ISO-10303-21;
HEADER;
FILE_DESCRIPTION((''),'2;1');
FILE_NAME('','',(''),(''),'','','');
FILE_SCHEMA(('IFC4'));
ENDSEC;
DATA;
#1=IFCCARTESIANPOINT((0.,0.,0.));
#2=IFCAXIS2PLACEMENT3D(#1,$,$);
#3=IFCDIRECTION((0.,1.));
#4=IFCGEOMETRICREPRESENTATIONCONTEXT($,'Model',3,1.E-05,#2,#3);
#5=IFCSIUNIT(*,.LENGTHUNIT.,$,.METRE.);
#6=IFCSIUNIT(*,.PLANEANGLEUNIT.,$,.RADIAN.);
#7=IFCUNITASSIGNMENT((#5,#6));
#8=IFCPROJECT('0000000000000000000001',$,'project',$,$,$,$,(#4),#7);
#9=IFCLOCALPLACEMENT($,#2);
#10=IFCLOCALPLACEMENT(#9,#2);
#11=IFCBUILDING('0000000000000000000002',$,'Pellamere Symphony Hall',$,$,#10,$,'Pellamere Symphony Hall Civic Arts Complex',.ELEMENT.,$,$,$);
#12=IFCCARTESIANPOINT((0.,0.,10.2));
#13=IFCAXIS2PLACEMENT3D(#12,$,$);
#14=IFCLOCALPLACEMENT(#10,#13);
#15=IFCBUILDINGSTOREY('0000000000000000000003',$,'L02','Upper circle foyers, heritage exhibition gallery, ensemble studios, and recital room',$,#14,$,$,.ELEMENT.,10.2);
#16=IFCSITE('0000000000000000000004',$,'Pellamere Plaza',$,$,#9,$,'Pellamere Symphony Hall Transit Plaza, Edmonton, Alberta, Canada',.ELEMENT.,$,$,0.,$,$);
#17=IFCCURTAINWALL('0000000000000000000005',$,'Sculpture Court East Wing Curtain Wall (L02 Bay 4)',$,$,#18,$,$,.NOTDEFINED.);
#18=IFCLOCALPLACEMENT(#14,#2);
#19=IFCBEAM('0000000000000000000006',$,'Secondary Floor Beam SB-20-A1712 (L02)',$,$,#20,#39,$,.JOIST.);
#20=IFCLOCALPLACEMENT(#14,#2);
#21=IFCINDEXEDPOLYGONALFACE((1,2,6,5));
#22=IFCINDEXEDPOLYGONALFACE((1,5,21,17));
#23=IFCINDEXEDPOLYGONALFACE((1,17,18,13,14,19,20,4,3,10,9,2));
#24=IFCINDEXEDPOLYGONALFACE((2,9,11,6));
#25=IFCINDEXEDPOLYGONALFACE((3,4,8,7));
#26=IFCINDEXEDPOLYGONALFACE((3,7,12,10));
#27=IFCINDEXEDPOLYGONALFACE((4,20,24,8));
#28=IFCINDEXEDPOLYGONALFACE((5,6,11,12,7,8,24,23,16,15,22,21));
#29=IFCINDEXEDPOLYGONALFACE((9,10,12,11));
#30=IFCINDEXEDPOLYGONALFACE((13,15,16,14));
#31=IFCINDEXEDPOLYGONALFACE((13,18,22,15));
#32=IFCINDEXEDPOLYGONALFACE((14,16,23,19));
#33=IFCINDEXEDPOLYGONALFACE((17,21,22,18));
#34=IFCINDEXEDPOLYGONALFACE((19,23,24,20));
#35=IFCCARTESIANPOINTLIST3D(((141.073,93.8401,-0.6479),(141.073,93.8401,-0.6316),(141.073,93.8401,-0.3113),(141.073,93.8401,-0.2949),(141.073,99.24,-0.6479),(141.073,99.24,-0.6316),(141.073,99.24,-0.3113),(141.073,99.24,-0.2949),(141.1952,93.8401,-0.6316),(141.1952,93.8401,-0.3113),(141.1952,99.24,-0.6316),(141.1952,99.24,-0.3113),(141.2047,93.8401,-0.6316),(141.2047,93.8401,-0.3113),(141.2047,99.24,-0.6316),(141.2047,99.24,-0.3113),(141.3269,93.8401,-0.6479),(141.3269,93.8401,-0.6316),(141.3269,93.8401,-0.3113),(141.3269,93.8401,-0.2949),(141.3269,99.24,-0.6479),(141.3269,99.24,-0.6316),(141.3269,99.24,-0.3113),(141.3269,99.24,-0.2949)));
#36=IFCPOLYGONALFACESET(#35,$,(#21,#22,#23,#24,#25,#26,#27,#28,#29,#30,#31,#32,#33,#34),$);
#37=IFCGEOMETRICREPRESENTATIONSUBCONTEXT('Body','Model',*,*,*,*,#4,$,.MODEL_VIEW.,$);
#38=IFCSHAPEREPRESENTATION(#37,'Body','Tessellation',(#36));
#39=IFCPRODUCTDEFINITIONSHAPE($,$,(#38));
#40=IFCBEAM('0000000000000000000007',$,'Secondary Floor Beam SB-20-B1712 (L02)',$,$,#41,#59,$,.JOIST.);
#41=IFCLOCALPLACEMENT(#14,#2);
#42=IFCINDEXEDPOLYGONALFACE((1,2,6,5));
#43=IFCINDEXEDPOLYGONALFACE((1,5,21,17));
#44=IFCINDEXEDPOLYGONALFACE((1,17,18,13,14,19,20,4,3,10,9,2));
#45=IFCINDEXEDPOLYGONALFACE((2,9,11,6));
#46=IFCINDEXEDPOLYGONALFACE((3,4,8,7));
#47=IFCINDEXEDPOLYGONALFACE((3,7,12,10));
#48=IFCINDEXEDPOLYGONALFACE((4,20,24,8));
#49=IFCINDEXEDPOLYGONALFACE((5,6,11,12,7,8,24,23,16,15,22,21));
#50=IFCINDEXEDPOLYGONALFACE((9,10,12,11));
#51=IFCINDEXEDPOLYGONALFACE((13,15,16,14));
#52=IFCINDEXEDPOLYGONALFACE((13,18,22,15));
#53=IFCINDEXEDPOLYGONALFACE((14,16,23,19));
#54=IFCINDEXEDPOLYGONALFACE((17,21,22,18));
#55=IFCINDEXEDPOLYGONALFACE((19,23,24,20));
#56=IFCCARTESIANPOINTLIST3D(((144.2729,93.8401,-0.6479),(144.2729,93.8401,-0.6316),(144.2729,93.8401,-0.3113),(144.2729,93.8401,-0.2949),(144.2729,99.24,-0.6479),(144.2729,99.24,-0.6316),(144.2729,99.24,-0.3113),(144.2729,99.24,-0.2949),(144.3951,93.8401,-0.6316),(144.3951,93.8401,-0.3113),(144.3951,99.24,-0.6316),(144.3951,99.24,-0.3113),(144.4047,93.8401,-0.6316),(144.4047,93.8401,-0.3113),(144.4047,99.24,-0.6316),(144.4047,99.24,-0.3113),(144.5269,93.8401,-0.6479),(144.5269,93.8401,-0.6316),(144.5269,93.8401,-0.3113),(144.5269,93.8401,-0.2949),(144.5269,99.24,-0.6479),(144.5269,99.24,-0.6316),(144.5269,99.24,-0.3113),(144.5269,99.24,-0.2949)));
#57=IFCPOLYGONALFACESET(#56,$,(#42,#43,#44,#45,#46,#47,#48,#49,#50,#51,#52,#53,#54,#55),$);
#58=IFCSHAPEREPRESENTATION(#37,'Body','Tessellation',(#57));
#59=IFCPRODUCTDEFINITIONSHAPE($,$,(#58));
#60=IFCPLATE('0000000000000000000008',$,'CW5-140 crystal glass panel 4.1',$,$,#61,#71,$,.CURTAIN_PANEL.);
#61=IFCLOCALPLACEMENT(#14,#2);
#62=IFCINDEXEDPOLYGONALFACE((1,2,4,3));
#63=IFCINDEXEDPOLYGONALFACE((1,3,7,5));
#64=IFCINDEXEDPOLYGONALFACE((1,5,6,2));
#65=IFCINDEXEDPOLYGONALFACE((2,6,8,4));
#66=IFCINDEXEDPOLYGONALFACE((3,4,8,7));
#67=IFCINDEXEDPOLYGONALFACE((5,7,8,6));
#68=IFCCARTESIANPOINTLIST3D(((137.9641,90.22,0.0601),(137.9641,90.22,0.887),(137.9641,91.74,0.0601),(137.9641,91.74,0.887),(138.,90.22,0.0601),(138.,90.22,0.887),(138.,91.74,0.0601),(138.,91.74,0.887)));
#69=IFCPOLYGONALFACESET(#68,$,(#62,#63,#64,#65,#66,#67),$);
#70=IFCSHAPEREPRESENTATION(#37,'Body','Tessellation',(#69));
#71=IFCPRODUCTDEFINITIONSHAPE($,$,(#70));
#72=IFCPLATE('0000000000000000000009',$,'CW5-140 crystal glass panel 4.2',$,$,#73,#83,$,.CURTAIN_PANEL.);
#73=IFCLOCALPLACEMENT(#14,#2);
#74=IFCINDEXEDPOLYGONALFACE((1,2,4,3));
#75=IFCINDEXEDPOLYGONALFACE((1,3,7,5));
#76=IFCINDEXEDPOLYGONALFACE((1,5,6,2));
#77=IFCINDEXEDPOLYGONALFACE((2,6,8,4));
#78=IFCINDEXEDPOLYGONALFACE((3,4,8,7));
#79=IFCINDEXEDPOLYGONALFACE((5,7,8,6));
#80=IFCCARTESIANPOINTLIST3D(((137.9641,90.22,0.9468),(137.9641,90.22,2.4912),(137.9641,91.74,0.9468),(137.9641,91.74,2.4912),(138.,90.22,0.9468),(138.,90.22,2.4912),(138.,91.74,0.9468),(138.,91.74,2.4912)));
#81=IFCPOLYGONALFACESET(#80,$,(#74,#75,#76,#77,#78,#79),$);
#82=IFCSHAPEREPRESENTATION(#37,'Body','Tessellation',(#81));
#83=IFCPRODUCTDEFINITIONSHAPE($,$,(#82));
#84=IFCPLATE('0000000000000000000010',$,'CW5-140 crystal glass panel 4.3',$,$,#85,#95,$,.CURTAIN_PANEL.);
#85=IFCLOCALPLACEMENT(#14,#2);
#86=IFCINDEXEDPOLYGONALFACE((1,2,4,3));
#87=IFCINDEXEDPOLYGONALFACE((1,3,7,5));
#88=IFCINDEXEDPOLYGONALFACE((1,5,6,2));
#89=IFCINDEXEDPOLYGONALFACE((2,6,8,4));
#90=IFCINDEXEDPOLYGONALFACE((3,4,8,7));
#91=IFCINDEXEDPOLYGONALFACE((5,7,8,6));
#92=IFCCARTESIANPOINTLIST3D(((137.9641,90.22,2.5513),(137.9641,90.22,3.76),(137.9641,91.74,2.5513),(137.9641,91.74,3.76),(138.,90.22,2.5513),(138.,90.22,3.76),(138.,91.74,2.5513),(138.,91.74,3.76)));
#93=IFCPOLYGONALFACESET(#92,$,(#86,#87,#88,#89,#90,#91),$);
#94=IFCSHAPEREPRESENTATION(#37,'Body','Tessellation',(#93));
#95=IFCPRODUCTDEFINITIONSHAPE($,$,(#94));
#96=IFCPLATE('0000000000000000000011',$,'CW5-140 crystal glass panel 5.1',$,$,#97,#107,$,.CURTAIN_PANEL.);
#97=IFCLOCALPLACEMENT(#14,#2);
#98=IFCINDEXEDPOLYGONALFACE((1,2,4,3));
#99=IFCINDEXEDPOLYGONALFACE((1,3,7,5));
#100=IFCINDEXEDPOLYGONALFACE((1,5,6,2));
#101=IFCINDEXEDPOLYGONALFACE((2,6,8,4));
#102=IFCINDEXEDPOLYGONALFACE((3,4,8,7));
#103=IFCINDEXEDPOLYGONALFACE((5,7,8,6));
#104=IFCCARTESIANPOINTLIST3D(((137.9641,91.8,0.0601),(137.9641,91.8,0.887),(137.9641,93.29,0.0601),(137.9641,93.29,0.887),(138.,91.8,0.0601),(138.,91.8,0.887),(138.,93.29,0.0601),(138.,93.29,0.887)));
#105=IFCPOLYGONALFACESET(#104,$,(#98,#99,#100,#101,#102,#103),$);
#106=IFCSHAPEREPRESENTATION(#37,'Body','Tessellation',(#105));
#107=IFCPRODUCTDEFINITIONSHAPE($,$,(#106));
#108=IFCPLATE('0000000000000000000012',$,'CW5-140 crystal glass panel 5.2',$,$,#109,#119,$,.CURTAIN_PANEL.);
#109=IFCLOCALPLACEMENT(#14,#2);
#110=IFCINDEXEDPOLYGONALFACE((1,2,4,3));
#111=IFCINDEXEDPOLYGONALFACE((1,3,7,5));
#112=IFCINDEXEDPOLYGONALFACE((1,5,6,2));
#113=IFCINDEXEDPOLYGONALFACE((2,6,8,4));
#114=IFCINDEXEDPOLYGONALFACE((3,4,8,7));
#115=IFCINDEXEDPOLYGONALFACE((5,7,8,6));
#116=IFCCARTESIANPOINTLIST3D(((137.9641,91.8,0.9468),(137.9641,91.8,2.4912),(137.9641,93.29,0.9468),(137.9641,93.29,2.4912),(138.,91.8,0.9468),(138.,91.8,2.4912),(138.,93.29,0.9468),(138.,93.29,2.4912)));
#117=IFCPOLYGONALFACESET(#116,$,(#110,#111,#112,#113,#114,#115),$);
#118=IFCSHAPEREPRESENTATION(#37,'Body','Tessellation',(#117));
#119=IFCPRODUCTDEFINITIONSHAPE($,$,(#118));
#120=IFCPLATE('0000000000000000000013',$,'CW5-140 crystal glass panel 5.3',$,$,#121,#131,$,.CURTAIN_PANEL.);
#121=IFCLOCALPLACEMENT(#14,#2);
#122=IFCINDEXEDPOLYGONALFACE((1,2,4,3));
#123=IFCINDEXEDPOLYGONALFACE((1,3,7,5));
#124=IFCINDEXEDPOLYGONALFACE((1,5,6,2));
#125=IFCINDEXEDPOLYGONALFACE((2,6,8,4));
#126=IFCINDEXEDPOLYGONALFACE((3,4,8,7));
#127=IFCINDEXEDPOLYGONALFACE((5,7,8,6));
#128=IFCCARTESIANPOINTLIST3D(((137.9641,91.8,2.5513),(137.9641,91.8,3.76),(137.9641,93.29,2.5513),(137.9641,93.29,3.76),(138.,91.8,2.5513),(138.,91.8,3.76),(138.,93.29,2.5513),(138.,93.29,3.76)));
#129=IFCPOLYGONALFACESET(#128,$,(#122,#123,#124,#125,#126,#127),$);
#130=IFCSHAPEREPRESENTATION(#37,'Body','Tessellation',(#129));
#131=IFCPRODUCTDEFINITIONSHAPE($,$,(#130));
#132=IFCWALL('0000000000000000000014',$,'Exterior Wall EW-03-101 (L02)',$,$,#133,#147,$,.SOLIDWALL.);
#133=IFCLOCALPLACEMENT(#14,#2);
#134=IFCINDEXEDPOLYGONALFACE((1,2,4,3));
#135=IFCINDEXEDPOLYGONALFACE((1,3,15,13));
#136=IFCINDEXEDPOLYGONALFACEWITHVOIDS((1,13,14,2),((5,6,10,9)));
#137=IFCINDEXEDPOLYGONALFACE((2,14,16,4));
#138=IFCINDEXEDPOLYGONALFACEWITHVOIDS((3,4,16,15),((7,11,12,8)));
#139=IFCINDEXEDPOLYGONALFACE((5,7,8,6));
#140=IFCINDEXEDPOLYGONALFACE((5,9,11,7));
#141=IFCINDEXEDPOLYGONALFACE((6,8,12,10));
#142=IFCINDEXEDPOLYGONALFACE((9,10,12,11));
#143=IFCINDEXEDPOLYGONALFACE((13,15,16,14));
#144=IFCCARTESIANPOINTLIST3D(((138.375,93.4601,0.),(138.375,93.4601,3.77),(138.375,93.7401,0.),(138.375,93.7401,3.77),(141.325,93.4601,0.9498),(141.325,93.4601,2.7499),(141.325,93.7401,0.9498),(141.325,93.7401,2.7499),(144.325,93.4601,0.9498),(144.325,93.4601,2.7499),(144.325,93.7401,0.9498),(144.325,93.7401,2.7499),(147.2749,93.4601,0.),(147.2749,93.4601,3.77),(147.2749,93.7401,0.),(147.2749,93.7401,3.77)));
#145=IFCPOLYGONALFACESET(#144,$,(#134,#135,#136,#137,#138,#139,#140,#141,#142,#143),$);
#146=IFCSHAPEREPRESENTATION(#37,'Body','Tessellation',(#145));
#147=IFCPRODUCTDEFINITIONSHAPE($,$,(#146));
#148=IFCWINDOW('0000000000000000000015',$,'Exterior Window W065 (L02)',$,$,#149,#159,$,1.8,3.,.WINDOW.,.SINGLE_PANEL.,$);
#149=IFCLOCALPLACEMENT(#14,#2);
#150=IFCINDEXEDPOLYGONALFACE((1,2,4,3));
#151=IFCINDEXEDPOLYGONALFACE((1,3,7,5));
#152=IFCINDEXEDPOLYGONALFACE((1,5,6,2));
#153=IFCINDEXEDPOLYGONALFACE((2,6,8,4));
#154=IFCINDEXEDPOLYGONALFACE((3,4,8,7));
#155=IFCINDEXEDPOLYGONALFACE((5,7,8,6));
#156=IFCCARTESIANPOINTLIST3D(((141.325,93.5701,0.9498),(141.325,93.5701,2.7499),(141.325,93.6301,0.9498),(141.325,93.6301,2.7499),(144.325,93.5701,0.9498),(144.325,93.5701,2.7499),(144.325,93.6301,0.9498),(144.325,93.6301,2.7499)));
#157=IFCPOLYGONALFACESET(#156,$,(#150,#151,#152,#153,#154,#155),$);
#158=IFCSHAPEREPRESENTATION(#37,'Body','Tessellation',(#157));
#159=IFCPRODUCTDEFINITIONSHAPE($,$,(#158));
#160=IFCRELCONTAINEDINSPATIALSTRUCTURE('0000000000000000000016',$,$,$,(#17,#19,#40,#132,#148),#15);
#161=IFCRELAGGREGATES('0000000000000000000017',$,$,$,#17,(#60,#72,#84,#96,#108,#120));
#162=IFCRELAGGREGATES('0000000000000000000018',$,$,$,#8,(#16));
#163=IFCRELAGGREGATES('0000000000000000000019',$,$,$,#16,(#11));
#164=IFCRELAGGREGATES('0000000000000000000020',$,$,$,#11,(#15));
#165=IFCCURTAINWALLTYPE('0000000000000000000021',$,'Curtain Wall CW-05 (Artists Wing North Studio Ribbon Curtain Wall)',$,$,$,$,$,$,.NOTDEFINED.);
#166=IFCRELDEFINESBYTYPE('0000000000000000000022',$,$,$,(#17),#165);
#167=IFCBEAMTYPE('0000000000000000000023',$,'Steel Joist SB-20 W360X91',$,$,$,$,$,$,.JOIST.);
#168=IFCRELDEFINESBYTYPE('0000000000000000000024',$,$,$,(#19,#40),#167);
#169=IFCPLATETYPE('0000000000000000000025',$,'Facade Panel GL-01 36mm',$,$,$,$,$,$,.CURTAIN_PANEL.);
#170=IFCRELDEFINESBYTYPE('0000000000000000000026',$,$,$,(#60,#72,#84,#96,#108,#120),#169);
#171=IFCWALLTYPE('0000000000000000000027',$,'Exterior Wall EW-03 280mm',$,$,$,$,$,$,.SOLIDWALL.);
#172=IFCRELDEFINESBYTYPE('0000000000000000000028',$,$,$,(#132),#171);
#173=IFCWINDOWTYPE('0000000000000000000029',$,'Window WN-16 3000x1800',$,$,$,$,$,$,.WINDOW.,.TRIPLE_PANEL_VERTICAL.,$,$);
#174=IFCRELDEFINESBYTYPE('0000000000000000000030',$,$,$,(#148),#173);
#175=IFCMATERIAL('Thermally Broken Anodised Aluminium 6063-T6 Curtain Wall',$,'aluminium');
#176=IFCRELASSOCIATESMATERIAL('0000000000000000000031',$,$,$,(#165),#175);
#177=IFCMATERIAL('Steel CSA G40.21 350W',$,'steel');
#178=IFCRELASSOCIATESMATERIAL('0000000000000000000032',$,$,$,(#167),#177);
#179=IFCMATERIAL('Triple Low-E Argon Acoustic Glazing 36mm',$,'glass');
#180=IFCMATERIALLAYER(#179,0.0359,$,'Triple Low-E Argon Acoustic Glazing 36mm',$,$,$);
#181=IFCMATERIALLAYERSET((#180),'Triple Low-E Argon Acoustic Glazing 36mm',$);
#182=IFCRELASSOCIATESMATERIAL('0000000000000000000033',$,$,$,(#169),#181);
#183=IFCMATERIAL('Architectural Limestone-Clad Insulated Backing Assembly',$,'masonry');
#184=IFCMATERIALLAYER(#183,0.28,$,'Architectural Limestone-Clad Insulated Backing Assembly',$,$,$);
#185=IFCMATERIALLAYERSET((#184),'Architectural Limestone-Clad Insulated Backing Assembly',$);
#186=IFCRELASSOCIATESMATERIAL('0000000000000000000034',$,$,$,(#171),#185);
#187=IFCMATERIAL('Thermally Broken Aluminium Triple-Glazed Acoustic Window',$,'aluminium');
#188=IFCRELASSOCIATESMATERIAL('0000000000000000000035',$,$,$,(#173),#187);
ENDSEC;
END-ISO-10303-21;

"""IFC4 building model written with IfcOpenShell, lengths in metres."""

from ifc_helpers import new_model, si_unit, direction, frame, frame_2d, origin, origin_2d, place, context, subcontext, project, spatial, polyline, rectangle, i_section, outline, extrude, material, layer, layer_set, material_profile, profile_set, type_object, element, fill, aggregate, save


model = new_model("IFC4")

# Units and contexts
model_context = context("Model", 3, precision=1e-05, world=origin(), true_north=direction((0.0, 1.0)))
body_context = subcontext(model_context, "Body", "Model", "MODEL_VIEW")
ifc_project = project(units=[si_unit("LENGTHUNIT", "METRE"), si_unit("PLANEANGLEUNIT", "RADIAN")], contexts=[model_context])

# Site, building, storey
site_placement = place(None, origin())
site = spatial("IfcSite", under=ifc_project, at=site_placement, Name="Pellamere Plaza", LongName="Pellamere Symphony Hall Transit Plaza, Edmonton, Alberta, Canada", CompositionType="ELEMENT", RefElevation=0.0)
building_placement = place(site_placement, origin())
building = spatial("IfcBuilding", under=site, at=building_placement, Name="Pellamere Symphony Hall", LongName="Pellamere Symphony Hall Civic Arts Complex", CompositionType="ELEMENT")
storey_placement = place(building_placement, frame((0.0, 0.0, 10.2)))
storey = spatial("IfcBuildingStorey", under=building, at=storey_placement, Name="L02", Description="Upper circle foyers, heritage exhibition gallery, ensemble studios, and recital room", CompositionType="ELEMENT", Elevation=10.2)

# Curtain wall
ifc_material_1 = material(Name="Thermally Broken Anodised Aluminium 6063-T6 Curtain Wall", Category="aluminium")
curtain_wall_type = type_object("IfcCurtainWallType", Name="Curtain Wall CW-05 (Artists Wing North Studio Ribbon Curtain Wall)", PredefinedType="NOTDEFINED", material=ifc_material_1)
curtain_wall_placement = place(storey_placement, origin())
curtain_wall = element("IfcCurtainWall", 1, at=curtain_wall_placement, inside=storey, type_object=curtain_wall_type, Name="Sculpture Court East Wing Curtain Wall (L02 Bay 4)", PredefinedType="NOTDEFINED")

# Beams
ifc_material_2 = material(Name="Steel CSA G40.21 350W", Category="steel")
ifc_material_profile_1 = material_profile(ifc_material_2, i_section(OverallWidth=0.2539, OverallDepth=0.353, WebThickness=0.0095, FlangeThickness=0.0164, at=origin_2d()), Name="W360X91")
ifc_profile_set_1 = profile_set([ifc_material_profile_1], Name="Steel CSA G40.21 350W")
beam_type_1 = type_object("IfcBeamType", Name="Steel Joist SB-20 W360X91", PredefinedType="JOIST", material=ifc_profile_set_1)
for number, where, z_axis, x_axis, name in (
    (2, (141.2, 93.8401, -0.4714), (0.0, 1.0, 0.0), (-1.0, 0.0, 0.0), "Secondary Floor Beam SB-20-A1712 (L02)"),
    (3, (144.3999, 93.8401, -0.4714), (0.0, 1.0, 0.0), (-1.0, 0.0, 0.0), "Secondary Floor Beam SB-20-B1712 (L02)"),
):
    element("IfcBeam", number, at=place(storey_placement, frame(where, z_axis=z_axis, x_axis=x_axis)), inside=storey, type_object=beam_type_1, Name=name, PredefinedType="JOIST", context=body_context, shape_type="SweptSolid", body=[
        extrude(i_section(OverallWidth=0.2539, OverallDepth=0.353, WebThickness=0.0095, FlangeThickness=0.0164, at=origin_2d()), origin(), (0.0, 0.0, 1.0), 5.3999),
    ])

# Plates
ifc_material_3 = material(Name="Triple Low-E Argon Acoustic Glazing 36mm", Category="glass")
ifc_layer_1 = layer(ifc_material_3, 0.0359, Name="Triple Low-E Argon Acoustic Glazing 36mm")
ifc_layer_set_1 = layer_set([ifc_layer_1], Name="Triple Low-E Argon Acoustic Glazing 36mm")
plate_type = type_object("IfcPlateType", Name="Facade Panel GL-01 36mm", PredefinedType="CURTAIN_PANEL", material=ifc_layer_set_1)
plate_1_placement = place(storey_placement, frame((138.0, 90.22, 0.0601), z_axis=(1.0, 0.0, 0.0), x_axis=(0.0, 1.0, 0.0)))
plate_1 = element("IfcPlate", 4, at=plate_1_placement, type_object=plate_type, Name="CW5-140 crystal glass panel 4.1", PredefinedType="CURTAIN_PANEL", context=body_context, shape_type="SweptSolid", body=[
    extrude(outline(polyline([(0.0, 0.0), (1.52, 0.0), (1.52, 0.8269), (0.0, 0.8269), (0.0, 0.0)])), origin(), (0.0, 0.0, -1.0), 0.0359),
])
plate_2_placement = place(storey_placement, frame((138.0, 90.22, 0.9468), z_axis=(1.0, 0.0, 0.0), x_axis=(0.0, 1.0, 0.0)))
plate_2 = element("IfcPlate", 5, at=plate_2_placement, type_object=plate_type, Name="CW5-140 crystal glass panel 4.2", PredefinedType="CURTAIN_PANEL", context=body_context, shape_type="SweptSolid", body=[
    extrude(outline(polyline([(0.0, 0.0), (1.52, 0.0), (1.52, 1.5444), (0.0, 1.5444), (0.0, 0.0)])), origin(), (0.0, 0.0, -1.0), 0.0359),
])
plate_3_placement = place(storey_placement, frame((138.0, 90.22, 2.5513), z_axis=(1.0, 0.0, 0.0), x_axis=(0.0, 1.0, 0.0)))
plate_3 = element("IfcPlate", 6, at=plate_3_placement, type_object=plate_type, Name="CW5-140 crystal glass panel 4.3", PredefinedType="CURTAIN_PANEL", context=body_context, shape_type="SweptSolid", body=[
    extrude(outline(polyline([(0.0, 0.0), (1.52, 0.0), (1.52, 1.2087), (0.0, 1.2087), (0.0, 0.0)])), origin(), (0.0, 0.0, -1.0), 0.0359),
])
plate_4_placement = place(storey_placement, frame((138.0, 91.8, 0.0601), z_axis=(1.0, 0.0, 0.0), x_axis=(0.0, 1.0, 0.0)))
plate_4 = element("IfcPlate", 7, at=plate_4_placement, type_object=plate_type, Name="CW5-140 crystal glass panel 5.1", PredefinedType="CURTAIN_PANEL", context=body_context, shape_type="SweptSolid", body=[
    extrude(outline(polyline([(0.0, 0.0), (1.49, 0.0), (1.49, 0.8269), (0.0, 0.8269), (0.0, 0.0)])), origin(), (0.0, 0.0, -1.0), 0.0359),
])
plate_5_placement = place(storey_placement, frame((138.0, 91.8, 0.9468), z_axis=(1.0, 0.0, 0.0), x_axis=(0.0, 1.0, 0.0)))
plate_5 = element("IfcPlate", 8, at=plate_5_placement, type_object=plate_type, Name="CW5-140 crystal glass panel 5.2", PredefinedType="CURTAIN_PANEL", context=body_context, shape_type="SweptSolid", body=[
    extrude(outline(polyline([(0.0, 0.0), (1.49, 0.0), (1.49, 1.5444), (0.0, 1.5444), (0.0, 0.0)])), origin(), (0.0, 0.0, -1.0), 0.0359),
])
plate_6_placement = place(storey_placement, frame((138.0, 91.8, 2.5513), z_axis=(1.0, 0.0, 0.0), x_axis=(0.0, 1.0, 0.0)))
plate_6 = element("IfcPlate", 9, at=plate_6_placement, type_object=plate_type, Name="CW5-140 crystal glass panel 5.3", PredefinedType="CURTAIN_PANEL", context=body_context, shape_type="SweptSolid", body=[
    extrude(outline(polyline([(0.0, 0.0), (1.49, 0.0), (1.49, 1.2087), (0.0, 1.2087), (0.0, 0.0)])), origin(), (0.0, 0.0, -1.0), 0.0359),
])
aggregate(curtain_wall, [plate_1, plate_2, plate_3, plate_4, plate_5, plate_6])

# Wall, opening, window
ifc_material_4 = material(Name="Architectural Limestone-Clad Insulated Backing Assembly", Category="masonry")
ifc_layer_2 = layer(ifc_material_4, 0.28, Name="Architectural Limestone-Clad Insulated Backing Assembly")
ifc_layer_set_2 = layer_set([ifc_layer_2], Name="Architectural Limestone-Clad Insulated Backing Assembly")
wall_type = type_object("IfcWallType", Name="Exterior Wall EW-03 280mm", PredefinedType="SOLIDWALL", material=ifc_layer_set_2)
wall_placement = place(storey_placement, frame((138.375, 93.6001, 0.0), z_axis=(0.0, 0.0, 1.0), x_axis=(1.0, 0.0, 0.0)))
wall = element("IfcWall", 10, at=wall_placement, inside=storey, type_object=wall_type, Name="Exterior Wall EW-03-101 (L02)", PredefinedType="SOLIDWALL", context=body_context, shape_type="SweptSolid", body=[
    extrude(rectangle(XDim=8.8999, YDim=0.28, at=frame_2d((4.45, 0.0))), origin(), (0.0, 0.0, 1.0), 3.77),
])
opening_placement = place(wall_placement, frame((2.95, 0.0, 0.95)))
opening = element("IfcOpeningElement", 11, at=opening_placement, cuts=wall, PredefinedType="OPENING", context=body_context, shape_type="SweptSolid", body=[
    extrude(rectangle(XDim=3.0, YDim=1.8, at=frame_2d((1.5, 0.8999))), frame((0.0, 0.1499, 0.0), z_axis=(0.0, -1.0, 0.0), x_axis=(1.0, 0.0, 0.0)), (0.0, 0.0, 1.0), 0.3),
])
ifc_material_5 = material(Name="Thermally Broken Aluminium Triple-Glazed Acoustic Window", Category="aluminium")
window_type = type_object("IfcWindowType", Name="Window WN-16 3000x1800", PartitioningType="TRIPLE_PANEL_VERTICAL", PredefinedType="WINDOW", material=ifc_material_5)
window_placement = place(opening_placement, origin())
window = element("IfcWindow", 12, at=window_placement, inside=storey, type_object=window_type, Name="Exterior Window W065 (L02)", OverallHeight=1.8, OverallWidth=3.0, PartitioningType="SINGLE_PANEL", PredefinedType="WINDOW", context=body_context, shape_type="SweptSolid", body=[
    extrude(rectangle(XDim=3.0, YDim=1.8, at=frame_2d((1.5, 0.8999))), frame((0.0, 0.03, 0.0), z_axis=(0.0, -1.0, 0.0), x_axis=(1.0, 0.0, 0.0)), (0.0, 0.0, 1.0), 0.0601),
])
fill(opening, window)

save(model, "model.ifc")
